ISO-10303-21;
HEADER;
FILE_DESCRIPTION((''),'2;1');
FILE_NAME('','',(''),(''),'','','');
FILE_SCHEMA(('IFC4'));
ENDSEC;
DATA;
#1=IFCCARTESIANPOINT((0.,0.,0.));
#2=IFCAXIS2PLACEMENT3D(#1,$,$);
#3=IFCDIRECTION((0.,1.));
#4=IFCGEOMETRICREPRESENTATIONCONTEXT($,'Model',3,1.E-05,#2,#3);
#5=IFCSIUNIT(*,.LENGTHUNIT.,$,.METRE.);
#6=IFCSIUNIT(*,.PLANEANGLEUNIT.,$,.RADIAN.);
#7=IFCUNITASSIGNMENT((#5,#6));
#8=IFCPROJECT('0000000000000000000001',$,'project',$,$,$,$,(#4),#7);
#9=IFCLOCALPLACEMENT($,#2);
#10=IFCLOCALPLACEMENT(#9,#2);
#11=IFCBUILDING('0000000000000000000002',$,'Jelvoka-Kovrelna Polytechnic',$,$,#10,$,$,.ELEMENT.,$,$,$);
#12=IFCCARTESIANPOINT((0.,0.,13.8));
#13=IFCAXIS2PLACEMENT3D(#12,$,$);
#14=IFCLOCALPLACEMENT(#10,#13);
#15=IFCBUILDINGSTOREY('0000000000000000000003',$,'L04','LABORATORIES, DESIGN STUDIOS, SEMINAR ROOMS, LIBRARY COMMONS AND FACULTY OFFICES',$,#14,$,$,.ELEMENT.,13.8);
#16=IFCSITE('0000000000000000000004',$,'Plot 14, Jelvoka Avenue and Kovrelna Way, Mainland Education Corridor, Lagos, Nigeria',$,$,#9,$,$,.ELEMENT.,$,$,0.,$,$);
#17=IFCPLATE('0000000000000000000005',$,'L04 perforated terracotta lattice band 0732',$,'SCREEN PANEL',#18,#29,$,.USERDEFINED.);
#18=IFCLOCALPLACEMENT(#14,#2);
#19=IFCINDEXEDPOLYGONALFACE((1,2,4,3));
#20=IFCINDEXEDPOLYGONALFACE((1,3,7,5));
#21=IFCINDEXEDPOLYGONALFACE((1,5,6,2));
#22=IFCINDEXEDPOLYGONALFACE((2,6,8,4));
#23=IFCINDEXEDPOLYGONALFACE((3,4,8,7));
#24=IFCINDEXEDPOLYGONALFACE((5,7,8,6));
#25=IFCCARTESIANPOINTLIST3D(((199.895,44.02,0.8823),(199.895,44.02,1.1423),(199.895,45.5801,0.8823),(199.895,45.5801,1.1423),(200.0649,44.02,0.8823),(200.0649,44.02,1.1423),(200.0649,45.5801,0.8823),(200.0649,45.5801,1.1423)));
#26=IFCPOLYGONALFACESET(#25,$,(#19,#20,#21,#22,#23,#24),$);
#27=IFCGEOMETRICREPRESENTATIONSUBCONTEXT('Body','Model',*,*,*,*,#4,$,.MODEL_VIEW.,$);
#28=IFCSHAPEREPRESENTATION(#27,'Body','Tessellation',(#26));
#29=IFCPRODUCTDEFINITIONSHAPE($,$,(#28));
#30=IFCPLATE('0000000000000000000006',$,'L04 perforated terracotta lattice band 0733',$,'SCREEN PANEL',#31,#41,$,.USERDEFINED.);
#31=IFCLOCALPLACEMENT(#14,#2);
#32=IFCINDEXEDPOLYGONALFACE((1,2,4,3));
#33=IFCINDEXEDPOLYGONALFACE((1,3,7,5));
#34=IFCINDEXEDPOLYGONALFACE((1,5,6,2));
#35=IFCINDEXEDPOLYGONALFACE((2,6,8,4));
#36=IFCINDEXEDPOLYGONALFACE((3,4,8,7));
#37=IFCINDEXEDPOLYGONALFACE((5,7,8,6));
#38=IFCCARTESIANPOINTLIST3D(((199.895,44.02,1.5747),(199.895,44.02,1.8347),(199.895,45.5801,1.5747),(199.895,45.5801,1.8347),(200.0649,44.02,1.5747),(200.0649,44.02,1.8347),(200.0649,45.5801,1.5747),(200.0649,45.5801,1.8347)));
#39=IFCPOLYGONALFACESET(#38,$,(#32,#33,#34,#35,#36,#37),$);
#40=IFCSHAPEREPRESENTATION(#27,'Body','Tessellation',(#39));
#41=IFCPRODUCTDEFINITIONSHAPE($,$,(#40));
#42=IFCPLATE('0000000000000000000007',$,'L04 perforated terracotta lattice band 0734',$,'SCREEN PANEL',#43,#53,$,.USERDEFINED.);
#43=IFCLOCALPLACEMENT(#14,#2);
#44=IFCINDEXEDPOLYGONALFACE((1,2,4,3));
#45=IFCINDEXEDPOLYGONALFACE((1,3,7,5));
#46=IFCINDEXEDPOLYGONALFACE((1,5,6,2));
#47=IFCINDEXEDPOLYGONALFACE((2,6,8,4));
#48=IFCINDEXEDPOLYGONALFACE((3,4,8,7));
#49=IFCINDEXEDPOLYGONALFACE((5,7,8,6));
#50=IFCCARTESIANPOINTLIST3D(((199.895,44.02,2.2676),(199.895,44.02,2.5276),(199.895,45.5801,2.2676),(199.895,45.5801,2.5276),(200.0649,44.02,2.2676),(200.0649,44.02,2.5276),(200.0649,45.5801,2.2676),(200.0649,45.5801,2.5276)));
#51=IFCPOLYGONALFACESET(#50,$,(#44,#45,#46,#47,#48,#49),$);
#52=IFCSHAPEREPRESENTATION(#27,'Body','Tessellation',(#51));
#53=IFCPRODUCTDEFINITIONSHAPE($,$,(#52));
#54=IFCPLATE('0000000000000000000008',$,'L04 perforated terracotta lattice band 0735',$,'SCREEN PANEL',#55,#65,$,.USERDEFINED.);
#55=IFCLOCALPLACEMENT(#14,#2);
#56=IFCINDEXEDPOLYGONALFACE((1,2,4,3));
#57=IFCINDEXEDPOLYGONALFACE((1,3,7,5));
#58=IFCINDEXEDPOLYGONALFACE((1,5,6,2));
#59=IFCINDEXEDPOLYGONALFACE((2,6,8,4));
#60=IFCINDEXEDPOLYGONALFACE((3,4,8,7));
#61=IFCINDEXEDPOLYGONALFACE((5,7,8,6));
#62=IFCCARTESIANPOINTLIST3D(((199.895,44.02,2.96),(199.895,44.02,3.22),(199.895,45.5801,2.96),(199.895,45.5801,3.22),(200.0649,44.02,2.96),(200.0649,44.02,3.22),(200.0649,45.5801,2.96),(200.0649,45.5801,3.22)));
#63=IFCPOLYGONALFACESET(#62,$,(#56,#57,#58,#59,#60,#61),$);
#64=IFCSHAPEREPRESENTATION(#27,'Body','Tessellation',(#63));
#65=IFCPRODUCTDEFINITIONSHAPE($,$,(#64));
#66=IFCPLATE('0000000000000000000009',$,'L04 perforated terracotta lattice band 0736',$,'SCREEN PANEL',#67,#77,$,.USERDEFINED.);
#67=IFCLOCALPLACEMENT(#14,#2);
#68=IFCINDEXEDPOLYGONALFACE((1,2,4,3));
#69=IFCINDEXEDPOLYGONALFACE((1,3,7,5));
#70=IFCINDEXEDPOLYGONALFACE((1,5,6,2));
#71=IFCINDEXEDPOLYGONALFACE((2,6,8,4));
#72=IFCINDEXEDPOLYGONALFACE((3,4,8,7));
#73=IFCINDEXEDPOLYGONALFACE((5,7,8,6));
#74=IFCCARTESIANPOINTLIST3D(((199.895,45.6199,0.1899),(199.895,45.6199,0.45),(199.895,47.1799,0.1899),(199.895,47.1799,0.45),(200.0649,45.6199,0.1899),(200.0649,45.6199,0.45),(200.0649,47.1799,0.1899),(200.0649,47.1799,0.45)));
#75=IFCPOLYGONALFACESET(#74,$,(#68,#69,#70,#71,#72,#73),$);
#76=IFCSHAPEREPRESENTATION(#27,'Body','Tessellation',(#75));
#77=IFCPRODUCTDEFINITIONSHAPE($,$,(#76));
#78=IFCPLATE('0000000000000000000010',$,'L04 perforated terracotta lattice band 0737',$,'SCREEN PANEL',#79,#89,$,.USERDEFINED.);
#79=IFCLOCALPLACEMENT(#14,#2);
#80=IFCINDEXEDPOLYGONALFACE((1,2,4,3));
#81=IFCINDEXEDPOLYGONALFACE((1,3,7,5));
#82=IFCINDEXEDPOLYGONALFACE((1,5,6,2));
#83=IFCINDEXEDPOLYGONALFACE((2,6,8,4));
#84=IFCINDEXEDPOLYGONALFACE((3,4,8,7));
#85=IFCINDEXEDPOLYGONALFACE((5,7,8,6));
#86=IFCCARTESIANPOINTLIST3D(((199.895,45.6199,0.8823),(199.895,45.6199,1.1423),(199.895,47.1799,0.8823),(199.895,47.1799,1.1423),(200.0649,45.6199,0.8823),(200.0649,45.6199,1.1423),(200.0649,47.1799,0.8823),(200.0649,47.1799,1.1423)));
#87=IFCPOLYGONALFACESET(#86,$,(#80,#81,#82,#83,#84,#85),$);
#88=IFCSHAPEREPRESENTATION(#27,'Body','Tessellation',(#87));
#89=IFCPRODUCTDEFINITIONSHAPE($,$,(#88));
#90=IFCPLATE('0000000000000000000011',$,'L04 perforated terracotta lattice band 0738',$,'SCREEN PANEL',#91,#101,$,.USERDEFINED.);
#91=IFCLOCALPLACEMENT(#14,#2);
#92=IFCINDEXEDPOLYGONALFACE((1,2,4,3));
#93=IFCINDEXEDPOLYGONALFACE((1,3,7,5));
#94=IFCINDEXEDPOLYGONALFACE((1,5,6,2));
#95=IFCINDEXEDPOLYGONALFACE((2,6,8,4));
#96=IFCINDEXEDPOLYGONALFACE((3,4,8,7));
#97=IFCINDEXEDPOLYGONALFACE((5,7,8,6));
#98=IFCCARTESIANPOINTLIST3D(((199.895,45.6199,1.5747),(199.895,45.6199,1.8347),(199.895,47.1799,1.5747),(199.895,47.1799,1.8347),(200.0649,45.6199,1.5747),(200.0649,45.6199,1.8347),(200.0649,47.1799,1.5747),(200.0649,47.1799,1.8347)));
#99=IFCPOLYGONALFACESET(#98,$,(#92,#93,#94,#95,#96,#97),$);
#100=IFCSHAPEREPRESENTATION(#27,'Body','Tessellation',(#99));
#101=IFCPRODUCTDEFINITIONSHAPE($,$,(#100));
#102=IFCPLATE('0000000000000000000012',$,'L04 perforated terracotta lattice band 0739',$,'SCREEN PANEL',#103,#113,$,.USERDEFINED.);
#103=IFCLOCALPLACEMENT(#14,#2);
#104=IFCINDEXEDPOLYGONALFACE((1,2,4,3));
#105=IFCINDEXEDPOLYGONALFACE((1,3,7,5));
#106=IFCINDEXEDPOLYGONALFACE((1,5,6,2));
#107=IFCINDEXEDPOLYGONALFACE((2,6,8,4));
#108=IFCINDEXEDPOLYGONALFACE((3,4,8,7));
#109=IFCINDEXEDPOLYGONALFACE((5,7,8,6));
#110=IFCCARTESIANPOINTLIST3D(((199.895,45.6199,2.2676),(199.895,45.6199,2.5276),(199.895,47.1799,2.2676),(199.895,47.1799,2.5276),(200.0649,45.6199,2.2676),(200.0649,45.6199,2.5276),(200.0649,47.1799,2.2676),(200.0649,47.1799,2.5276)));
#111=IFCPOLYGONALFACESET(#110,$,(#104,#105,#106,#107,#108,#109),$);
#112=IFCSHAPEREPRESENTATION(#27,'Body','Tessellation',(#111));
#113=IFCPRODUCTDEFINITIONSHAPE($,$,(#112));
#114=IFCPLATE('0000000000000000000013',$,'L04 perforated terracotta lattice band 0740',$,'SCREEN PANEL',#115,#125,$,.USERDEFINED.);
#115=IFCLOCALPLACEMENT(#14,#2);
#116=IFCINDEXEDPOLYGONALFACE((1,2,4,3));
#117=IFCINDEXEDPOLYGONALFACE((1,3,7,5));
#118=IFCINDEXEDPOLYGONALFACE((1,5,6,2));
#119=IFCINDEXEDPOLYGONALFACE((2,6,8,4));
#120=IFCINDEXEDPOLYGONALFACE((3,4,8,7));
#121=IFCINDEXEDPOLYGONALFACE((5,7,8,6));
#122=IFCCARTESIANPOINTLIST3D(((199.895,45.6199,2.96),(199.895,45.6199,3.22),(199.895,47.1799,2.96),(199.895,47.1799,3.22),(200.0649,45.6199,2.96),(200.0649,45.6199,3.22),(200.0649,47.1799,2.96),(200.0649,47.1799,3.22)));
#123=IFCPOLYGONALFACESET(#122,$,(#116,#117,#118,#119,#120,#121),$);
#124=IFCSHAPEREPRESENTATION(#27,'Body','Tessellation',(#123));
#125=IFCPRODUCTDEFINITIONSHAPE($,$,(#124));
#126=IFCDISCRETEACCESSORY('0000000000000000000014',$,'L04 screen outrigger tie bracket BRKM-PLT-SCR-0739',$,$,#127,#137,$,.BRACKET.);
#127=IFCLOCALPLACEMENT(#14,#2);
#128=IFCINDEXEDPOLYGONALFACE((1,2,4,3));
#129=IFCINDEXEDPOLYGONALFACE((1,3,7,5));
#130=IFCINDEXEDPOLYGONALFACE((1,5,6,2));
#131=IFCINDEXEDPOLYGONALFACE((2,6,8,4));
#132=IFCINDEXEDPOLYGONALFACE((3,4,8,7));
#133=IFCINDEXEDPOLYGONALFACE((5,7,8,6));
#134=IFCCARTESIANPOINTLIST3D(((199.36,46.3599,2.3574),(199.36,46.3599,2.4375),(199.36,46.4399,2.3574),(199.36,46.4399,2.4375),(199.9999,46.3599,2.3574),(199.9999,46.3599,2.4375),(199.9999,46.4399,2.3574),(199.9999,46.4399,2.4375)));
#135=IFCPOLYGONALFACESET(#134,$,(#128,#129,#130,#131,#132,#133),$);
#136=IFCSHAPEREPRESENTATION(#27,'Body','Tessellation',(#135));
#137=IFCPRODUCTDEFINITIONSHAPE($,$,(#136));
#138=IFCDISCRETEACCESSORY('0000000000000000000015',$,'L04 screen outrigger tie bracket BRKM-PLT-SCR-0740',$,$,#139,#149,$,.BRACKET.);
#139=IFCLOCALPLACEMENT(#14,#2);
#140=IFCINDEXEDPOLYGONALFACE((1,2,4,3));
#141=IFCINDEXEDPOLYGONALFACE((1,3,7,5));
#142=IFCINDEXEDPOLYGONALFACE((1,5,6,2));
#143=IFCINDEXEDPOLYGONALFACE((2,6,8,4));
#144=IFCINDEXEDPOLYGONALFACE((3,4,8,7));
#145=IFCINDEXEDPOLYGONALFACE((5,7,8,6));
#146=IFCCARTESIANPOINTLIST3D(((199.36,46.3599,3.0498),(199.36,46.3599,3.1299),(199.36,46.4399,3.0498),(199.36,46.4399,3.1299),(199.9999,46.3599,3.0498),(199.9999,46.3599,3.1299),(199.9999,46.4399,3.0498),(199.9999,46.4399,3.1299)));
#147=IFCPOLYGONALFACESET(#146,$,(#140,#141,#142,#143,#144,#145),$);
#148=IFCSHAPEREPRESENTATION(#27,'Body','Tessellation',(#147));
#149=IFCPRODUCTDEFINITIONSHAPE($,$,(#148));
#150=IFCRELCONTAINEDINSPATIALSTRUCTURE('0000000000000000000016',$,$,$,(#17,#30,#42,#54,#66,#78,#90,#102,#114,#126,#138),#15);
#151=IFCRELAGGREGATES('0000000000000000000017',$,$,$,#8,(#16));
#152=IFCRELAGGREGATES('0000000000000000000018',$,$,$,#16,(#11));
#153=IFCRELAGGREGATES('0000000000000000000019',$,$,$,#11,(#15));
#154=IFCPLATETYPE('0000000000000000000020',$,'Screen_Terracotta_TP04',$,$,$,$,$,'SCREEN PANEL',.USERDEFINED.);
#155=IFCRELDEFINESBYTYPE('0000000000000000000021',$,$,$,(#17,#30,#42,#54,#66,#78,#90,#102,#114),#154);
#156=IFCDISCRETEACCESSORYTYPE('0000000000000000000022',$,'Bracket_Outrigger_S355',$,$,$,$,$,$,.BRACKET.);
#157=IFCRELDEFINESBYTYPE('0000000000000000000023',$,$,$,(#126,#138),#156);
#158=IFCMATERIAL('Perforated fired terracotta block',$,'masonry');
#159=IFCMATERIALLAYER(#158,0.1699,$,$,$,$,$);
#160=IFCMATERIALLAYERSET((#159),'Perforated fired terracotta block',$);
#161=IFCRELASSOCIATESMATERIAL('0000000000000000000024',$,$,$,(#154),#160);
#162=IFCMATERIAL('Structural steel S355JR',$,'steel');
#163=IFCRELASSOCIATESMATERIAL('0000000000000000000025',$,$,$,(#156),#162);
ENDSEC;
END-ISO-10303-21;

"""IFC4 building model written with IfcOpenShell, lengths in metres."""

from ifc_helpers import new_model, si_unit, direction, frame, origin, origin_2d, place, context, subcontext, project, spatial, rectangle, extrude, material, layer, layer_set, type_object, element, save


model = new_model("IFC4")

# Units and contexts
model_context = context("Model", 3, precision=1e-05, world=origin(), true_north=direction((0.0, 1.0)))
body_context = subcontext(model_context, "Body", "Model", "MODEL_VIEW")
ifc_project = project(units=[si_unit("LENGTHUNIT", "METRE"), si_unit("PLANEANGLEUNIT", "RADIAN")], contexts=[model_context])

# Site, building, storey
site_placement = place(None, origin())
site = spatial("IfcSite", under=ifc_project, at=site_placement, Name="Plot 14, Jelvoka Avenue and Kovrelna Way, Mainland Education Corridor, Lagos, Nigeria", CompositionType="ELEMENT", RefElevation=0.0)
building_placement = place(site_placement, origin())
building = spatial("IfcBuilding", under=site, at=building_placement, Name="Jelvoka-Kovrelna Polytechnic", CompositionType="ELEMENT")
storey_placement = place(building_placement, frame((0.0, 0.0, 13.8)))
storey = spatial("IfcBuildingStorey", under=building, at=storey_placement, Name="L04", Description="LABORATORIES, DESIGN STUDIOS, SEMINAR ROOMS, LIBRARY COMMONS AND FACULTY OFFICES", CompositionType="ELEMENT", Elevation=13.8)

# Plates
ifc_material_1 = material(Name="Perforated fired terracotta block", Category="masonry")
ifc_layer = layer(ifc_material_1, 0.1699)
ifc_layer_set = layer_set([ifc_layer], Name="Perforated fired terracotta block")
plate_type = type_object("IfcPlateType", Name="Screen_Terracotta_TP04", ElementType="SCREEN PANEL", PredefinedType="USERDEFINED", material=ifc_layer_set)
for number, where, z_axis, x_axis, name in (
    (1, (199.98, 44.8, 0.8823), (0.0, 0.0, 1.0), (0.0, 1.0, 0.0), "L04 perforated terracotta lattice band 0732"),
    (2, (199.98, 44.8, 1.5747), (0.0, 0.0, 1.0), (0.0, 1.0, 0.0), "L04 perforated terracotta lattice band 0733"),
    (3, (199.98, 44.8, 2.2676), (0.0, 0.0, 1.0), (0.0, 1.0, 0.0), "L04 perforated terracotta lattice band 0734"),
    (4, (199.98, 44.8, 2.96), (0.0, 0.0, 1.0), (0.0, 1.0, 0.0), "L04 perforated terracotta lattice band 0735"),
    (5, (199.98, 46.3999, 0.1899), (0.0, 0.0, 1.0), (0.0, 1.0, 0.0), "L04 perforated terracotta lattice band 0736"),
    (6, (199.98, 46.3999, 0.8823), (0.0, 0.0, 1.0), (0.0, 1.0, 0.0), "L04 perforated terracotta lattice band 0737"),
    (7, (199.98, 46.3999, 1.5747), (0.0, 0.0, 1.0), (0.0, 1.0, 0.0), "L04 perforated terracotta lattice band 0738"),
    (8, (199.98, 46.3999, 2.2676), (0.0, 0.0, 1.0), (0.0, 1.0, 0.0), "L04 perforated terracotta lattice band 0739"),
    (9, (199.98, 46.3999, 2.96), (0.0, 0.0, 1.0), (0.0, 1.0, 0.0), "L04 perforated terracotta lattice band 0740"),
):
    element("IfcPlate", number, at=place(storey_placement, frame(where, z_axis=z_axis, x_axis=x_axis)), inside=storey, type_object=plate_type, Name=name, ObjectType="SCREEN PANEL", PredefinedType="USERDEFINED", context=body_context, shape_type="SweptSolid", body=[
        extrude(rectangle(XDim=1.5601, YDim=0.1699, at=origin_2d()), origin(), (0.0, 0.0, 1.0), 0.26),
    ])

# Discrete accessories
ifc_material_2 = material(Name="Structural steel S355JR", Category="steel")
discrete_accessory_type = type_object("IfcDiscreteAccessoryType", Name="Bracket_Outrigger_S355", PredefinedType="BRACKET", material=ifc_material_2)
for number, where, z_axis, x_axis, name in (
    (10, (199.6799, 46.3999, 2.3574), (0.0, 0.0, 1.0), (1.0, 0.0, 0.0), "L04 screen outrigger tie bracket BRKM-PLT-SCR-0739"),
    (11, (199.6799, 46.3999, 3.0498), (0.0, 0.0, 1.0), (1.0, 0.0, 0.0), "L04 screen outrigger tie bracket BRKM-PLT-SCR-0740"),
):
    element("IfcDiscreteAccessory", number, at=place(storey_placement, frame(where, z_axis=z_axis, x_axis=x_axis)), inside=storey, type_object=discrete_accessory_type, Name=name, PredefinedType="BRACKET", context=body_context, shape_type="SweptSolid", body=[
        extrude(rectangle(XDim=0.6399, YDim=0.0801, at=origin_2d()), origin(), (0.0, 0.0, 1.0), 0.0801),
    ])

save(model, "model.ifc")
